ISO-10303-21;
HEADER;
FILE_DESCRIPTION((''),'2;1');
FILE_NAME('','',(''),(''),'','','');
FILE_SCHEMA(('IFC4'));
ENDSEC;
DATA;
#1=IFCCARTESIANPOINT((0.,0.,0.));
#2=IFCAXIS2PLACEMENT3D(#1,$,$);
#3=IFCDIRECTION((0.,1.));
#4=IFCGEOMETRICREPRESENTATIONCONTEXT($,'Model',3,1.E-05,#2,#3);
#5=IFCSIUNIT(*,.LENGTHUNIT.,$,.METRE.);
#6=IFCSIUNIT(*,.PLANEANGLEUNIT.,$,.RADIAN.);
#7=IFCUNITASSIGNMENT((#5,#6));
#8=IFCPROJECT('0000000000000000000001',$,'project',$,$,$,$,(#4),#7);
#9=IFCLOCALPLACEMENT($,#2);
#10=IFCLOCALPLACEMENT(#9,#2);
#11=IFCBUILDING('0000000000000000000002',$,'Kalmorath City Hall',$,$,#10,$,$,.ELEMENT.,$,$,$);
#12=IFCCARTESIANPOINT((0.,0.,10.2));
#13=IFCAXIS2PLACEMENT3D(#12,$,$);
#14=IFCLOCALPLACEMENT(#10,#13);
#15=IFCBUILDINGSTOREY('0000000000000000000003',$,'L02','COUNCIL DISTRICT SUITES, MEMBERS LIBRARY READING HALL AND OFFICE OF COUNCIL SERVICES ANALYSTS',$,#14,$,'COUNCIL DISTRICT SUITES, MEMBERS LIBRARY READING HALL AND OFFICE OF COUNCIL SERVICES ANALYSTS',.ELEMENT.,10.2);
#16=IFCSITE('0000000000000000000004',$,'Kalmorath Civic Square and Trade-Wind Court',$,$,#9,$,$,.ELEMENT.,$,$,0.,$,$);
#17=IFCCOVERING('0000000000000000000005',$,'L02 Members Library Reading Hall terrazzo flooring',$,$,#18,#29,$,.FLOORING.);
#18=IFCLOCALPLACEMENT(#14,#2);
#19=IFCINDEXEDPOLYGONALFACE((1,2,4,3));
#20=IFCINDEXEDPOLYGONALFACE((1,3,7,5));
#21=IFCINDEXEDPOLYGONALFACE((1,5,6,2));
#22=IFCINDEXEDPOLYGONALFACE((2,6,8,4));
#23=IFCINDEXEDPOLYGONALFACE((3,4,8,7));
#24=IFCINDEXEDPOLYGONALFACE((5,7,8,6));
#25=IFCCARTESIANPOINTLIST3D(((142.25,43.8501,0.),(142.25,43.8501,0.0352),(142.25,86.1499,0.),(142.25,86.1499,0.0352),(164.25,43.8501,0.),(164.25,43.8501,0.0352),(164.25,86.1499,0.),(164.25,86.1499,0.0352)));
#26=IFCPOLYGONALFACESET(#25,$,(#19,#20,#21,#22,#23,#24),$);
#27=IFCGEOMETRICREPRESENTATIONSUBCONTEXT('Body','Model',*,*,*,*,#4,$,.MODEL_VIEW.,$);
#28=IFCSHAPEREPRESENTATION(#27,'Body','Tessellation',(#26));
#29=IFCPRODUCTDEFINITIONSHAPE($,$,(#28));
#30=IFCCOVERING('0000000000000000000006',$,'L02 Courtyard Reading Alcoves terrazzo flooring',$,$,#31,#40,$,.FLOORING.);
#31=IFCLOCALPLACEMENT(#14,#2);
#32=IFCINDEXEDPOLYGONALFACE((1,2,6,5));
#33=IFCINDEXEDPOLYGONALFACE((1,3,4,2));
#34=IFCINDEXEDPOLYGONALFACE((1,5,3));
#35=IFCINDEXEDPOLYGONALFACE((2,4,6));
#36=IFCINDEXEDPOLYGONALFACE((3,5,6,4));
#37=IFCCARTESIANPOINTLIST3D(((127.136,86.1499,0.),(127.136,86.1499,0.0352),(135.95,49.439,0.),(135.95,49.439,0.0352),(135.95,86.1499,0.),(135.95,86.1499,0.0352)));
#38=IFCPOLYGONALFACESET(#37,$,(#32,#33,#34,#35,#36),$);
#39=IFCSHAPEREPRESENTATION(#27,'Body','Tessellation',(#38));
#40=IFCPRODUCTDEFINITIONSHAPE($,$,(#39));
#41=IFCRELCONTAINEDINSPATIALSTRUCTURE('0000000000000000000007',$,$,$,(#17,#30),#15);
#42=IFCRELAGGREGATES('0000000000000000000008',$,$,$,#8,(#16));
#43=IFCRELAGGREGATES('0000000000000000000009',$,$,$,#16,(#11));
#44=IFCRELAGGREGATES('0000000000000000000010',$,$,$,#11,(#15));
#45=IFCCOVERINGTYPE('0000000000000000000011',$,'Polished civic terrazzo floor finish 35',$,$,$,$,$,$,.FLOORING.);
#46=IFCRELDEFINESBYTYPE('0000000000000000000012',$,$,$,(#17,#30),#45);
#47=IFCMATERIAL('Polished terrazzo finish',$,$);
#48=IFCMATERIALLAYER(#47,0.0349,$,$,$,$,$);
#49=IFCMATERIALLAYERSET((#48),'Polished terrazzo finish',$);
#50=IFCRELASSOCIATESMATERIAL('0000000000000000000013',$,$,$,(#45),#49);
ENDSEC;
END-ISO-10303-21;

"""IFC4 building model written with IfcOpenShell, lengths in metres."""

from ifc_helpers import new_model, si_unit, direction, frame, origin, place, context, subcontext, project, spatial, polyline, outline, extrude, material, layer, layer_set, type_object, element, save


model = new_model("IFC4")

# Units and contexts
model_context = context("Model", 3, precision=1e-05, world=origin(), true_north=direction((0.0, 1.0)))
body_context = subcontext(model_context, "Body", "Model", "MODEL_VIEW")
ifc_project = project(units=[si_unit("LENGTHUNIT", "METRE"), si_unit("PLANEANGLEUNIT", "RADIAN")], contexts=[model_context])

# Site, building, storey
site_placement = place(None, origin())
site = spatial("IfcSite", under=ifc_project, at=site_placement, Name="Kalmorath Civic Square and Trade-Wind Court", CompositionType="ELEMENT", RefElevation=0.0)
building_placement = place(site_placement, origin())
building = spatial("IfcBuilding", under=site, at=building_placement, Name="Kalmorath City Hall", CompositionType="ELEMENT")
storey_placement = place(building_placement, frame((0.0, 0.0, 10.2)))
storey = spatial("IfcBuildingStorey", under=building, at=storey_placement, Name="L02", Description="COUNCIL DISTRICT SUITES, MEMBERS LIBRARY READING HALL AND OFFICE OF COUNCIL SERVICES ANALYSTS", LongName="COUNCIL DISTRICT SUITES, MEMBERS LIBRARY READING HALL AND OFFICE OF COUNCIL SERVICES ANALYSTS", CompositionType="ELEMENT", Elevation=10.2)

# Coverings
ifc_material_1 = material(Name="Polished terrazzo finish")
ifc_layer_1 = layer(ifc_material_1, 0.0349)
ifc_layer_set_1 = layer_set([ifc_layer_1], Name="Polished terrazzo finish")
covering_type = type_object("IfcCoveringType", Name="Polished civic terrazzo floor finish 35", PredefinedType="FLOORING", material=ifc_layer_set_1)
covering_1_placement = place(storey_placement, origin())
element("IfcCovering", 1, at=covering_1_placement, inside=storey, type_object=covering_type, Name="L02 Members Library Reading Hall terrazzo flooring", PredefinedType="FLOORING", context=body_context, shape_type="SweptSolid", body=[
    extrude(outline(polyline([(164.25, 86.1499), (164.25, 43.8501), (142.25, 43.8501), (142.25, 86.1499), (164.25, 86.1499)])), origin(), (0.0, 0.0, 1.0), 0.0352),
])
covering_2_placement = place(storey_placement, origin())
element("IfcCovering", 2, at=covering_2_placement, inside=storey, type_object=covering_type, Name="L02 Courtyard Reading Alcoves terrazzo flooring", PredefinedType="FLOORING", context=body_context, shape_type="SweptSolid", body=[
    extrude(outline(polyline([(135.95, 86.1499), (135.95, 49.439), (127.136, 86.1499), (135.95, 86.1499)])), origin(), (0.0, 0.0, 1.0), 0.0352),
])

save(model, "model.ifc")
